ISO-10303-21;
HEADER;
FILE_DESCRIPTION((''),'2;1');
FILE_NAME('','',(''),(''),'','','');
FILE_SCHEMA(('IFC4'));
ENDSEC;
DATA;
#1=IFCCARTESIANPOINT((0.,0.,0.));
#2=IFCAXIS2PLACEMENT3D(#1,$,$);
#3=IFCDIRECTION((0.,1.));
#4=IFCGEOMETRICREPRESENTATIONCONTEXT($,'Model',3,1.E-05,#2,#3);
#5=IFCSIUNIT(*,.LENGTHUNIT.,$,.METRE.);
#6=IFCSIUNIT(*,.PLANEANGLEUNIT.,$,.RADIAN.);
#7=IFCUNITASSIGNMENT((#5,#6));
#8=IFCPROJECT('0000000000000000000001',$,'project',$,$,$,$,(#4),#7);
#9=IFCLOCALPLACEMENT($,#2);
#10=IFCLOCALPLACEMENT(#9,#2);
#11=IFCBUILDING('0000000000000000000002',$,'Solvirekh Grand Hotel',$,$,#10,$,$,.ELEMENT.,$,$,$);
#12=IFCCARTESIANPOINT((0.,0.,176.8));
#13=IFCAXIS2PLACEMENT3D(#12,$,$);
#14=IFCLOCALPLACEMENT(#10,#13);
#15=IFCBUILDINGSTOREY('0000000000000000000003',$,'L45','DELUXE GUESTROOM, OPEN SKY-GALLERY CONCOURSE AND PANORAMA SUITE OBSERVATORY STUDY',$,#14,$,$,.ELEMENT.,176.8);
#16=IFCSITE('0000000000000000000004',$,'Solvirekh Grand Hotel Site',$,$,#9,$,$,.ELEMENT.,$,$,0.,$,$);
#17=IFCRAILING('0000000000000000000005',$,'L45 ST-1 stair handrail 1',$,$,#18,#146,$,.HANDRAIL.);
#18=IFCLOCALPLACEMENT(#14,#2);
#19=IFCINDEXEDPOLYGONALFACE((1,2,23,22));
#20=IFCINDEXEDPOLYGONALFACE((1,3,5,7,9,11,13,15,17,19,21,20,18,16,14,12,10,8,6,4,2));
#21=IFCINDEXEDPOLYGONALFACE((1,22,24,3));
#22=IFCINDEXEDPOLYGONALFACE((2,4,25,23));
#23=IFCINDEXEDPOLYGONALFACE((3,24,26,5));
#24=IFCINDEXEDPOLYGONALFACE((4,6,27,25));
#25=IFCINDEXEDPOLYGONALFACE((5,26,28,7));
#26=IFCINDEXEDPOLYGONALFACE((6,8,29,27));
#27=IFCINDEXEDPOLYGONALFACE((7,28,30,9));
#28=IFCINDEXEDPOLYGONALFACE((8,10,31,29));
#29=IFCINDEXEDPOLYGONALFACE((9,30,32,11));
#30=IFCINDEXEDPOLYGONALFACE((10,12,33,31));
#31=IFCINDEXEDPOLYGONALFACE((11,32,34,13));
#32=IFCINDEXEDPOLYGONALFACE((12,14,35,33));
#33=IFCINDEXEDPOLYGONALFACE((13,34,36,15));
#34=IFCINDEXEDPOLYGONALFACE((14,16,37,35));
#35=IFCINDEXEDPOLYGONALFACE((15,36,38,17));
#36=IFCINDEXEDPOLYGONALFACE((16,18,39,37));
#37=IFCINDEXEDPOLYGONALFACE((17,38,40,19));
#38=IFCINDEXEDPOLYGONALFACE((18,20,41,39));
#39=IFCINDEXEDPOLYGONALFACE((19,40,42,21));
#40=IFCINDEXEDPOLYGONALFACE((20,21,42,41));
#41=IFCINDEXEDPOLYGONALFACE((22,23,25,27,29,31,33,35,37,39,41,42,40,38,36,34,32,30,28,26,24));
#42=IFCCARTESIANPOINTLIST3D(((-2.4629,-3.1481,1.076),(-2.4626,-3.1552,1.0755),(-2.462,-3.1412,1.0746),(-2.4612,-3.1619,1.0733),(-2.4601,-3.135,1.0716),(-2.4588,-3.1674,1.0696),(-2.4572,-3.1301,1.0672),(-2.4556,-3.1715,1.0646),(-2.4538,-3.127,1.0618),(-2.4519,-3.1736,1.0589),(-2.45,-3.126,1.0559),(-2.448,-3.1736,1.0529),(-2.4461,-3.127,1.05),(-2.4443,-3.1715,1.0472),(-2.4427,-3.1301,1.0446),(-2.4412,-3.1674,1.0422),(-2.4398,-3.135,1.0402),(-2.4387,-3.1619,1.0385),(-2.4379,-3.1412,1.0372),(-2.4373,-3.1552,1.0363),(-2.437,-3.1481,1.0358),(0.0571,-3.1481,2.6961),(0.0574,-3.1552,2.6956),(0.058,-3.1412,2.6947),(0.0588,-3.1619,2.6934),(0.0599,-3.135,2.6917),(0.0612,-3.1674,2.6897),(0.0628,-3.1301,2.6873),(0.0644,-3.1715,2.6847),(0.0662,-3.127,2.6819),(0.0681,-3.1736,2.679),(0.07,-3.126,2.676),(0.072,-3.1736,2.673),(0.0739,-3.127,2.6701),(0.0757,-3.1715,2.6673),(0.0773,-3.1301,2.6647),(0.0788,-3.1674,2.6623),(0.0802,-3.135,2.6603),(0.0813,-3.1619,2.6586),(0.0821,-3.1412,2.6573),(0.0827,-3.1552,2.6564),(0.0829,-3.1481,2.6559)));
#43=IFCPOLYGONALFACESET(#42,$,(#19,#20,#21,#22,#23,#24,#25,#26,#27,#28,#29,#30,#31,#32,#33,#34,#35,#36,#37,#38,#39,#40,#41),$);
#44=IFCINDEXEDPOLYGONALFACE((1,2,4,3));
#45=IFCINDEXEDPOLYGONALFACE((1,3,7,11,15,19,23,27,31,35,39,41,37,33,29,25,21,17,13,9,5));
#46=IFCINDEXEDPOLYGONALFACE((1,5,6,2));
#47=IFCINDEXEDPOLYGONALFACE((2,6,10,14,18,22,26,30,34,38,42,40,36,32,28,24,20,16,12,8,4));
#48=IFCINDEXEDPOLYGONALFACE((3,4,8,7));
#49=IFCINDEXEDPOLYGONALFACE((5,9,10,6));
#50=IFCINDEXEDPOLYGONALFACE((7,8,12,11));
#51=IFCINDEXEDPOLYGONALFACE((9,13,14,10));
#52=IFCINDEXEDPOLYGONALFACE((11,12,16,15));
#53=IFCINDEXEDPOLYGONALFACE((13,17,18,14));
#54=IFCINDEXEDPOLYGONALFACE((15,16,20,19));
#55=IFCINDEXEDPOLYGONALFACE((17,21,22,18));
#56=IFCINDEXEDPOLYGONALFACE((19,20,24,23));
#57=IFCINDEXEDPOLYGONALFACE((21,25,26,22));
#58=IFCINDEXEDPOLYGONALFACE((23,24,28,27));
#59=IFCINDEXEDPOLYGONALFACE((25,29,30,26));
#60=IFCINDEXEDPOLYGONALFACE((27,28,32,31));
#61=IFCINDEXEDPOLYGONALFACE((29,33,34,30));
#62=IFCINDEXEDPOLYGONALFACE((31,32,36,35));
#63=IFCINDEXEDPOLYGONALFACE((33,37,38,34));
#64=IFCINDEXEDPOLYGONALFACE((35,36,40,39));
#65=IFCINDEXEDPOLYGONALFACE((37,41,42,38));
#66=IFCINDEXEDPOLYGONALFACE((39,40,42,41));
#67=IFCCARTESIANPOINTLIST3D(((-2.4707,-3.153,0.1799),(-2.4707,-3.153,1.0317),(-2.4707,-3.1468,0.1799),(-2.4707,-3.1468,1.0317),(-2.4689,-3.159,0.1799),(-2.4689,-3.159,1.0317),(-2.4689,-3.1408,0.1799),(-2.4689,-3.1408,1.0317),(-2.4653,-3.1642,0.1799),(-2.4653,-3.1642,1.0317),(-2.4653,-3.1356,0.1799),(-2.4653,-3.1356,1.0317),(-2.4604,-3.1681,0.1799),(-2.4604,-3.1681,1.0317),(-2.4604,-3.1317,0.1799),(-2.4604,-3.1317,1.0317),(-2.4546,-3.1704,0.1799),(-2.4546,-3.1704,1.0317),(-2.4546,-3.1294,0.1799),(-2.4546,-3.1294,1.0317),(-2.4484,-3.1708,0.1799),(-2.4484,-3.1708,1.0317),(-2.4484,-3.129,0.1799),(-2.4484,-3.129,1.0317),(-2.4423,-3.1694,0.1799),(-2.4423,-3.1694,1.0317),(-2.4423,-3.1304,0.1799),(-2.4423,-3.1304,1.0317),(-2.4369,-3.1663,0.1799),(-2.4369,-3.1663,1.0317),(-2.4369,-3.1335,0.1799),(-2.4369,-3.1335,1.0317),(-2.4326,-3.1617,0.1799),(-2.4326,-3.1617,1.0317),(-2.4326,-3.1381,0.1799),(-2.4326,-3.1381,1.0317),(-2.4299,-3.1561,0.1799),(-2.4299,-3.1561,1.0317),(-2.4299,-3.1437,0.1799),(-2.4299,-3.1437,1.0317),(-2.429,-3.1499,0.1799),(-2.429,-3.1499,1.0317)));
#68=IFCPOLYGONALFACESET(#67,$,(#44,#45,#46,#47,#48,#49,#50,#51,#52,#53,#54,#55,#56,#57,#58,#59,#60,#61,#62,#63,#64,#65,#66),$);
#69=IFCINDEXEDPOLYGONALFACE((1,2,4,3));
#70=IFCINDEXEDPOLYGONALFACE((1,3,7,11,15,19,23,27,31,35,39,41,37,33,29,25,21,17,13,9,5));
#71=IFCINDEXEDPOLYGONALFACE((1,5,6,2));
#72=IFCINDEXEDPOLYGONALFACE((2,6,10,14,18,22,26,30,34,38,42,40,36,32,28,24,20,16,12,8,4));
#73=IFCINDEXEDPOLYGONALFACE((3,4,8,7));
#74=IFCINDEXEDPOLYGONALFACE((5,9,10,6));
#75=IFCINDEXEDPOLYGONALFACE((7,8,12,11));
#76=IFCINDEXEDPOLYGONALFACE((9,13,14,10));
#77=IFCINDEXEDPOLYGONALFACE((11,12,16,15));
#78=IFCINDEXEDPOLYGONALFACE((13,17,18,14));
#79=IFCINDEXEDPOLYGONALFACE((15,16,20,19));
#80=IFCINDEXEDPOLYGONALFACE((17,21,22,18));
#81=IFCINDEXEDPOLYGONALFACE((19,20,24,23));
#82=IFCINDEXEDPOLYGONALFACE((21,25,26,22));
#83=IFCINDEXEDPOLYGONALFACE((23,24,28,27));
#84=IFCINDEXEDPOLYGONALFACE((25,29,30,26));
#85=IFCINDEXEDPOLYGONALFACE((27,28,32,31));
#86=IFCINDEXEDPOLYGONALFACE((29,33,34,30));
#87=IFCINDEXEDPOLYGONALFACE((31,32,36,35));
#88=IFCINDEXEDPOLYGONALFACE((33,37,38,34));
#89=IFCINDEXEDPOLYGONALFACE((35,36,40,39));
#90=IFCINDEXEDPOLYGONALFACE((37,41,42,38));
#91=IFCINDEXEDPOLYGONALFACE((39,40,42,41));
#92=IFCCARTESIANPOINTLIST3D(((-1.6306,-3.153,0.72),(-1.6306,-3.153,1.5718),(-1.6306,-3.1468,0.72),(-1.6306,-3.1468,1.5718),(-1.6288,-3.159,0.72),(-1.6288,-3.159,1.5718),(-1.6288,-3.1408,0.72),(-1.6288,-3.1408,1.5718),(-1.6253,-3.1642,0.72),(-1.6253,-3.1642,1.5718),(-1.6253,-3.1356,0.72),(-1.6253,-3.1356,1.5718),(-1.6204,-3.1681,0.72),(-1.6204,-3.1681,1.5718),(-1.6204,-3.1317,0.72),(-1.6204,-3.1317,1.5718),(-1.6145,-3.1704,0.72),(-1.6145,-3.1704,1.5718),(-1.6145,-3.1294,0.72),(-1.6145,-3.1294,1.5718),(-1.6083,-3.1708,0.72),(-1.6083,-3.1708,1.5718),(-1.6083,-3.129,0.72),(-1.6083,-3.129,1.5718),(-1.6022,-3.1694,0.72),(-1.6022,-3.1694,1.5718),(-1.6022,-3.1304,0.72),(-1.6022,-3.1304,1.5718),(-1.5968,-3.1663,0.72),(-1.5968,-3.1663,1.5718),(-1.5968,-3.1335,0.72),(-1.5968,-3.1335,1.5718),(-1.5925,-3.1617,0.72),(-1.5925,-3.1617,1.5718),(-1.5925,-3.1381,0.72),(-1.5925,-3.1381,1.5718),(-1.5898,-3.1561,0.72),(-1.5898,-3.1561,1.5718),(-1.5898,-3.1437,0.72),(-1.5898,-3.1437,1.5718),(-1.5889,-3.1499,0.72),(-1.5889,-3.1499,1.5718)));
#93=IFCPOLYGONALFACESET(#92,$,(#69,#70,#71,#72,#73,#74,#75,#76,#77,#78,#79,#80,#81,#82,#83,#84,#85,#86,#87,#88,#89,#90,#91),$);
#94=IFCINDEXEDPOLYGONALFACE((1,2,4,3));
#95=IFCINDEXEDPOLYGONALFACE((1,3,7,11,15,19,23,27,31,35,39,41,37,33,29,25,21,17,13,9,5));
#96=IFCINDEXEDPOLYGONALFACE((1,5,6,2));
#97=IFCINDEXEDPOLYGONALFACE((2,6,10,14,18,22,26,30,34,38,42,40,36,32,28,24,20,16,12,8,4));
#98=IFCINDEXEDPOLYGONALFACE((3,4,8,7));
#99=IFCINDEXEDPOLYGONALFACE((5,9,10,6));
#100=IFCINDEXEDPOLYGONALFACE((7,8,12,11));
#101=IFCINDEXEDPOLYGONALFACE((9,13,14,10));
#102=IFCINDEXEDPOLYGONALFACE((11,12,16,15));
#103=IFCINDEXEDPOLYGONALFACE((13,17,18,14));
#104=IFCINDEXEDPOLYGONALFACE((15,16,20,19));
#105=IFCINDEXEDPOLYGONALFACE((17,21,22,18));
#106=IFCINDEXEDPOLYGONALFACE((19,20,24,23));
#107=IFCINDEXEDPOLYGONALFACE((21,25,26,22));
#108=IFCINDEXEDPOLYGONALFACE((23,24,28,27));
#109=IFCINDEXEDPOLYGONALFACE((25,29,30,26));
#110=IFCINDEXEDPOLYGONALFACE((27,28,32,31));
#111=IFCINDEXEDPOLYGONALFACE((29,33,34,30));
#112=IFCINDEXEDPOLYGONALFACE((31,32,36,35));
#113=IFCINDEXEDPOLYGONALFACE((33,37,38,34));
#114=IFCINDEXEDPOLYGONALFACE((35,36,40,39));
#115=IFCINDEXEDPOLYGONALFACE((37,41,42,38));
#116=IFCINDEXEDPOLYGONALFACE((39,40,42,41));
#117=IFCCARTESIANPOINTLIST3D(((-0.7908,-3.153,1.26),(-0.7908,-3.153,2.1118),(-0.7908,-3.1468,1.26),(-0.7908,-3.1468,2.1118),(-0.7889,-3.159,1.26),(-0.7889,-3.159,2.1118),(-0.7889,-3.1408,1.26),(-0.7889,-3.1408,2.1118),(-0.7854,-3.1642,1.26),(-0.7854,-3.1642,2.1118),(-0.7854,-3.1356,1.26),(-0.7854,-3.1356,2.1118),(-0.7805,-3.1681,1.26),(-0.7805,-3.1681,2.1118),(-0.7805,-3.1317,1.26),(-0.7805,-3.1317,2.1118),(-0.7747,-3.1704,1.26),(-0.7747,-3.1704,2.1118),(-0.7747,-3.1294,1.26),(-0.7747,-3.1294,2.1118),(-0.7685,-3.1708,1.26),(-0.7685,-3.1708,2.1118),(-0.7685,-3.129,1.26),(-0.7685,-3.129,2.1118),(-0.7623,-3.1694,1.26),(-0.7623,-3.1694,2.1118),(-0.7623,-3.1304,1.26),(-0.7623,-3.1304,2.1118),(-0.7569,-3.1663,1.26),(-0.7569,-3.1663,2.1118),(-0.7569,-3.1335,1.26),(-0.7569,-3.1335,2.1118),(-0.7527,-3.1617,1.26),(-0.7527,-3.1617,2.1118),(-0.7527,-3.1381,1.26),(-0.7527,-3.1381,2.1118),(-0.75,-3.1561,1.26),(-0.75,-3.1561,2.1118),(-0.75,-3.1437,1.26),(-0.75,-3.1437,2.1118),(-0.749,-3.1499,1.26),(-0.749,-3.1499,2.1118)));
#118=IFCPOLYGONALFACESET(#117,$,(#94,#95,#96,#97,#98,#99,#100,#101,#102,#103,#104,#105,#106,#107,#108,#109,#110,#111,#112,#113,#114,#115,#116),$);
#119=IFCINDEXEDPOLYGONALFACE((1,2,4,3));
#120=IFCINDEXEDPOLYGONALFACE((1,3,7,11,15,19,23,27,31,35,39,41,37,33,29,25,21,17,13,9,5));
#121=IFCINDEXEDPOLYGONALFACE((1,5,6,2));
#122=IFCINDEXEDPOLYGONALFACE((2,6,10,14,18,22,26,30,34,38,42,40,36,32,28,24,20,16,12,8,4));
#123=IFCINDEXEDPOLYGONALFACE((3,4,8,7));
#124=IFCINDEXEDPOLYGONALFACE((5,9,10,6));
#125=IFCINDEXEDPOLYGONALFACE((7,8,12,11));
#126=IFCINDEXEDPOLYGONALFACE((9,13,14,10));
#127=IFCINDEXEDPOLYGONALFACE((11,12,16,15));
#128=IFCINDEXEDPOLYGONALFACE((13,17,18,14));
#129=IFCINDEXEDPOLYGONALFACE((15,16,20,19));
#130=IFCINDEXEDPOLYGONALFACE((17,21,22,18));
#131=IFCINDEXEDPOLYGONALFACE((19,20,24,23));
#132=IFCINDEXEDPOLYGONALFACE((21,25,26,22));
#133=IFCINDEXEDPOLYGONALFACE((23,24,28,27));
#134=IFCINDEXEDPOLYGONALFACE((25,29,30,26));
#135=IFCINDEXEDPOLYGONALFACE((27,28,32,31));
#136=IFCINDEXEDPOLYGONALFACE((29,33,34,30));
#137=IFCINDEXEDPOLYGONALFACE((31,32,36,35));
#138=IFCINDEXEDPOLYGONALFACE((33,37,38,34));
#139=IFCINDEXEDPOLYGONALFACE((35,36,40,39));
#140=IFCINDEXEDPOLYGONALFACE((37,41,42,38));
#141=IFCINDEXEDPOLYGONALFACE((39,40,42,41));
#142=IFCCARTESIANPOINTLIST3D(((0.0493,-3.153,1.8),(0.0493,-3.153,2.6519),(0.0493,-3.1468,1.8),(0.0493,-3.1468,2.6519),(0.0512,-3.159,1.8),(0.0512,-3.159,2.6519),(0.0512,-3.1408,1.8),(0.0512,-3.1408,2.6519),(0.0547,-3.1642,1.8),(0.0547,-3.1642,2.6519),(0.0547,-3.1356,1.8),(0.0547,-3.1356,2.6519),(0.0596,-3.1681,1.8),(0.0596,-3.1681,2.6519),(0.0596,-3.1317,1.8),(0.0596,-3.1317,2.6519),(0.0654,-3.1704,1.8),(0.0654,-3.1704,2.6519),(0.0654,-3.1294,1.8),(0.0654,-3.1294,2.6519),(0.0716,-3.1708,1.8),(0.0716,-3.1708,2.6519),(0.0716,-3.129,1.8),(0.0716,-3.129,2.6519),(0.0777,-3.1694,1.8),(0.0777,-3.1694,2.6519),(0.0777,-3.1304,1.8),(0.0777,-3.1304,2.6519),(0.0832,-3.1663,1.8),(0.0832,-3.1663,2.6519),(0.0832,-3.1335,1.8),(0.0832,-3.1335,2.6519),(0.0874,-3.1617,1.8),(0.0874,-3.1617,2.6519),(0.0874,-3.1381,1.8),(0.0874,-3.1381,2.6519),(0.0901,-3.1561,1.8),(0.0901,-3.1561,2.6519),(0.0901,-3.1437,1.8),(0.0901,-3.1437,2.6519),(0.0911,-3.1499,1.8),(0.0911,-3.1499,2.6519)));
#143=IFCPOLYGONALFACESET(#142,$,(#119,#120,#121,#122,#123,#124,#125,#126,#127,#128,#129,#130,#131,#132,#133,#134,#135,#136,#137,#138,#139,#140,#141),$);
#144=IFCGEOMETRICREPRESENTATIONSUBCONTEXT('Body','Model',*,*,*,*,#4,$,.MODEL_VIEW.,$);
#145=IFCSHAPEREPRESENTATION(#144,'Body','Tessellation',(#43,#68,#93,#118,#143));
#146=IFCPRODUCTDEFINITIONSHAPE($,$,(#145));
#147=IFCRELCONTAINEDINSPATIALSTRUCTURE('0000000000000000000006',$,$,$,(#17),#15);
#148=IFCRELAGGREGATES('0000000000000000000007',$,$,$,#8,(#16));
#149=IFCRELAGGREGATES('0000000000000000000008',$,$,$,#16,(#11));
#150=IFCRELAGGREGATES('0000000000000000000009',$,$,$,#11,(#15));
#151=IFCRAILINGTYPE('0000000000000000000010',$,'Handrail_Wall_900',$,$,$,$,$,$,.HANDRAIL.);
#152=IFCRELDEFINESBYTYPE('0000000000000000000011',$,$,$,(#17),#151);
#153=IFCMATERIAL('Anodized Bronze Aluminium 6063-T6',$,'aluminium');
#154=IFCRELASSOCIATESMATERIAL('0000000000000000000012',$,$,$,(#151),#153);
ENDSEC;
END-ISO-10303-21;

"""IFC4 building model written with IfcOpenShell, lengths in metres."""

from ifc_helpers import new_model, si_unit, direction, frame, origin, origin_2d, place, context, subcontext, project, spatial, circle, extrude, material, type_object, element, save


model = new_model("IFC4")

# Units and contexts
model_context = context("Model", 3, precision=1e-05, world=origin(), true_north=direction((0.0, 1.0)))
body_context = subcontext(model_context, "Body", "Model", "MODEL_VIEW")
ifc_project = project(units=[si_unit("LENGTHUNIT", "METRE"), si_unit("PLANEANGLEUNIT", "RADIAN")], contexts=[model_context])

# Site, building, storey
site_placement = place(None, origin())
site = spatial("IfcSite", under=ifc_project, at=site_placement, Name="Solvirekh Grand Hotel Site", CompositionType="ELEMENT", RefElevation=0.0)
building_placement = place(site_placement, origin())
building = spatial("IfcBuilding", under=site, at=building_placement, Name="Solvirekh Grand Hotel", CompositionType="ELEMENT")
storey_placement = place(building_placement, frame((0.0, 0.0, 176.8)))
storey = spatial("IfcBuildingStorey", under=building, at=storey_placement, Name="L45", Description="DELUXE GUESTROOM, OPEN SKY-GALLERY CONCOURSE AND PANORAMA SUITE OBSERVATORY STUDY", CompositionType="ELEMENT", Elevation=176.8)

# Railing
ifc_material_1 = material(Name="Anodized Bronze Aluminium 6063-T6", Category="aluminium")
railing_type_1 = type_object("IfcRailingType", Name="Handrail_Wall_900", PredefinedType="HANDRAIL", material=ifc_material_1)
railing_1_placement = place(storey_placement, frame((-2.45, -3.1499, 0.1799)))
element("IfcRailing", 1, at=railing_1_placement, inside=storey, type_object=railing_type_1, Name="L45 ST-1 stair handrail 1", PredefinedType="HANDRAIL", context=body_context, shape_type="SweptSolid", body=[
    extrude(circle(Radius=0.0239, at=origin_2d()), frame((0.0, 0.0, 0.876), z_axis=(0.841163, 0.0, 0.540782), x_axis=(0.0, 1.0, 0.0)), (0.0, 0.0, 1.0), 2.9958),
    extrude(circle(Radius=0.021, at=origin_2d()), origin(), (0.0, 0.0, 1.0), 0.8518),
    extrude(circle(Radius=0.021, at=origin_2d()), frame((0.8401, 0.0, 0.54)), (0.0, 0.0, 1.0), 0.8518),
    extrude(circle(Radius=0.021, at=origin_2d()), frame((1.6799, 0.0, 1.0801)), (0.0, 0.0, 1.0), 0.8518),
    extrude(circle(Radius=0.021, at=origin_2d()), frame((2.52, 0.0, 1.6201)), (0.0, 0.0, 1.0), 0.8518),
])

save(model, "model.ifc")
